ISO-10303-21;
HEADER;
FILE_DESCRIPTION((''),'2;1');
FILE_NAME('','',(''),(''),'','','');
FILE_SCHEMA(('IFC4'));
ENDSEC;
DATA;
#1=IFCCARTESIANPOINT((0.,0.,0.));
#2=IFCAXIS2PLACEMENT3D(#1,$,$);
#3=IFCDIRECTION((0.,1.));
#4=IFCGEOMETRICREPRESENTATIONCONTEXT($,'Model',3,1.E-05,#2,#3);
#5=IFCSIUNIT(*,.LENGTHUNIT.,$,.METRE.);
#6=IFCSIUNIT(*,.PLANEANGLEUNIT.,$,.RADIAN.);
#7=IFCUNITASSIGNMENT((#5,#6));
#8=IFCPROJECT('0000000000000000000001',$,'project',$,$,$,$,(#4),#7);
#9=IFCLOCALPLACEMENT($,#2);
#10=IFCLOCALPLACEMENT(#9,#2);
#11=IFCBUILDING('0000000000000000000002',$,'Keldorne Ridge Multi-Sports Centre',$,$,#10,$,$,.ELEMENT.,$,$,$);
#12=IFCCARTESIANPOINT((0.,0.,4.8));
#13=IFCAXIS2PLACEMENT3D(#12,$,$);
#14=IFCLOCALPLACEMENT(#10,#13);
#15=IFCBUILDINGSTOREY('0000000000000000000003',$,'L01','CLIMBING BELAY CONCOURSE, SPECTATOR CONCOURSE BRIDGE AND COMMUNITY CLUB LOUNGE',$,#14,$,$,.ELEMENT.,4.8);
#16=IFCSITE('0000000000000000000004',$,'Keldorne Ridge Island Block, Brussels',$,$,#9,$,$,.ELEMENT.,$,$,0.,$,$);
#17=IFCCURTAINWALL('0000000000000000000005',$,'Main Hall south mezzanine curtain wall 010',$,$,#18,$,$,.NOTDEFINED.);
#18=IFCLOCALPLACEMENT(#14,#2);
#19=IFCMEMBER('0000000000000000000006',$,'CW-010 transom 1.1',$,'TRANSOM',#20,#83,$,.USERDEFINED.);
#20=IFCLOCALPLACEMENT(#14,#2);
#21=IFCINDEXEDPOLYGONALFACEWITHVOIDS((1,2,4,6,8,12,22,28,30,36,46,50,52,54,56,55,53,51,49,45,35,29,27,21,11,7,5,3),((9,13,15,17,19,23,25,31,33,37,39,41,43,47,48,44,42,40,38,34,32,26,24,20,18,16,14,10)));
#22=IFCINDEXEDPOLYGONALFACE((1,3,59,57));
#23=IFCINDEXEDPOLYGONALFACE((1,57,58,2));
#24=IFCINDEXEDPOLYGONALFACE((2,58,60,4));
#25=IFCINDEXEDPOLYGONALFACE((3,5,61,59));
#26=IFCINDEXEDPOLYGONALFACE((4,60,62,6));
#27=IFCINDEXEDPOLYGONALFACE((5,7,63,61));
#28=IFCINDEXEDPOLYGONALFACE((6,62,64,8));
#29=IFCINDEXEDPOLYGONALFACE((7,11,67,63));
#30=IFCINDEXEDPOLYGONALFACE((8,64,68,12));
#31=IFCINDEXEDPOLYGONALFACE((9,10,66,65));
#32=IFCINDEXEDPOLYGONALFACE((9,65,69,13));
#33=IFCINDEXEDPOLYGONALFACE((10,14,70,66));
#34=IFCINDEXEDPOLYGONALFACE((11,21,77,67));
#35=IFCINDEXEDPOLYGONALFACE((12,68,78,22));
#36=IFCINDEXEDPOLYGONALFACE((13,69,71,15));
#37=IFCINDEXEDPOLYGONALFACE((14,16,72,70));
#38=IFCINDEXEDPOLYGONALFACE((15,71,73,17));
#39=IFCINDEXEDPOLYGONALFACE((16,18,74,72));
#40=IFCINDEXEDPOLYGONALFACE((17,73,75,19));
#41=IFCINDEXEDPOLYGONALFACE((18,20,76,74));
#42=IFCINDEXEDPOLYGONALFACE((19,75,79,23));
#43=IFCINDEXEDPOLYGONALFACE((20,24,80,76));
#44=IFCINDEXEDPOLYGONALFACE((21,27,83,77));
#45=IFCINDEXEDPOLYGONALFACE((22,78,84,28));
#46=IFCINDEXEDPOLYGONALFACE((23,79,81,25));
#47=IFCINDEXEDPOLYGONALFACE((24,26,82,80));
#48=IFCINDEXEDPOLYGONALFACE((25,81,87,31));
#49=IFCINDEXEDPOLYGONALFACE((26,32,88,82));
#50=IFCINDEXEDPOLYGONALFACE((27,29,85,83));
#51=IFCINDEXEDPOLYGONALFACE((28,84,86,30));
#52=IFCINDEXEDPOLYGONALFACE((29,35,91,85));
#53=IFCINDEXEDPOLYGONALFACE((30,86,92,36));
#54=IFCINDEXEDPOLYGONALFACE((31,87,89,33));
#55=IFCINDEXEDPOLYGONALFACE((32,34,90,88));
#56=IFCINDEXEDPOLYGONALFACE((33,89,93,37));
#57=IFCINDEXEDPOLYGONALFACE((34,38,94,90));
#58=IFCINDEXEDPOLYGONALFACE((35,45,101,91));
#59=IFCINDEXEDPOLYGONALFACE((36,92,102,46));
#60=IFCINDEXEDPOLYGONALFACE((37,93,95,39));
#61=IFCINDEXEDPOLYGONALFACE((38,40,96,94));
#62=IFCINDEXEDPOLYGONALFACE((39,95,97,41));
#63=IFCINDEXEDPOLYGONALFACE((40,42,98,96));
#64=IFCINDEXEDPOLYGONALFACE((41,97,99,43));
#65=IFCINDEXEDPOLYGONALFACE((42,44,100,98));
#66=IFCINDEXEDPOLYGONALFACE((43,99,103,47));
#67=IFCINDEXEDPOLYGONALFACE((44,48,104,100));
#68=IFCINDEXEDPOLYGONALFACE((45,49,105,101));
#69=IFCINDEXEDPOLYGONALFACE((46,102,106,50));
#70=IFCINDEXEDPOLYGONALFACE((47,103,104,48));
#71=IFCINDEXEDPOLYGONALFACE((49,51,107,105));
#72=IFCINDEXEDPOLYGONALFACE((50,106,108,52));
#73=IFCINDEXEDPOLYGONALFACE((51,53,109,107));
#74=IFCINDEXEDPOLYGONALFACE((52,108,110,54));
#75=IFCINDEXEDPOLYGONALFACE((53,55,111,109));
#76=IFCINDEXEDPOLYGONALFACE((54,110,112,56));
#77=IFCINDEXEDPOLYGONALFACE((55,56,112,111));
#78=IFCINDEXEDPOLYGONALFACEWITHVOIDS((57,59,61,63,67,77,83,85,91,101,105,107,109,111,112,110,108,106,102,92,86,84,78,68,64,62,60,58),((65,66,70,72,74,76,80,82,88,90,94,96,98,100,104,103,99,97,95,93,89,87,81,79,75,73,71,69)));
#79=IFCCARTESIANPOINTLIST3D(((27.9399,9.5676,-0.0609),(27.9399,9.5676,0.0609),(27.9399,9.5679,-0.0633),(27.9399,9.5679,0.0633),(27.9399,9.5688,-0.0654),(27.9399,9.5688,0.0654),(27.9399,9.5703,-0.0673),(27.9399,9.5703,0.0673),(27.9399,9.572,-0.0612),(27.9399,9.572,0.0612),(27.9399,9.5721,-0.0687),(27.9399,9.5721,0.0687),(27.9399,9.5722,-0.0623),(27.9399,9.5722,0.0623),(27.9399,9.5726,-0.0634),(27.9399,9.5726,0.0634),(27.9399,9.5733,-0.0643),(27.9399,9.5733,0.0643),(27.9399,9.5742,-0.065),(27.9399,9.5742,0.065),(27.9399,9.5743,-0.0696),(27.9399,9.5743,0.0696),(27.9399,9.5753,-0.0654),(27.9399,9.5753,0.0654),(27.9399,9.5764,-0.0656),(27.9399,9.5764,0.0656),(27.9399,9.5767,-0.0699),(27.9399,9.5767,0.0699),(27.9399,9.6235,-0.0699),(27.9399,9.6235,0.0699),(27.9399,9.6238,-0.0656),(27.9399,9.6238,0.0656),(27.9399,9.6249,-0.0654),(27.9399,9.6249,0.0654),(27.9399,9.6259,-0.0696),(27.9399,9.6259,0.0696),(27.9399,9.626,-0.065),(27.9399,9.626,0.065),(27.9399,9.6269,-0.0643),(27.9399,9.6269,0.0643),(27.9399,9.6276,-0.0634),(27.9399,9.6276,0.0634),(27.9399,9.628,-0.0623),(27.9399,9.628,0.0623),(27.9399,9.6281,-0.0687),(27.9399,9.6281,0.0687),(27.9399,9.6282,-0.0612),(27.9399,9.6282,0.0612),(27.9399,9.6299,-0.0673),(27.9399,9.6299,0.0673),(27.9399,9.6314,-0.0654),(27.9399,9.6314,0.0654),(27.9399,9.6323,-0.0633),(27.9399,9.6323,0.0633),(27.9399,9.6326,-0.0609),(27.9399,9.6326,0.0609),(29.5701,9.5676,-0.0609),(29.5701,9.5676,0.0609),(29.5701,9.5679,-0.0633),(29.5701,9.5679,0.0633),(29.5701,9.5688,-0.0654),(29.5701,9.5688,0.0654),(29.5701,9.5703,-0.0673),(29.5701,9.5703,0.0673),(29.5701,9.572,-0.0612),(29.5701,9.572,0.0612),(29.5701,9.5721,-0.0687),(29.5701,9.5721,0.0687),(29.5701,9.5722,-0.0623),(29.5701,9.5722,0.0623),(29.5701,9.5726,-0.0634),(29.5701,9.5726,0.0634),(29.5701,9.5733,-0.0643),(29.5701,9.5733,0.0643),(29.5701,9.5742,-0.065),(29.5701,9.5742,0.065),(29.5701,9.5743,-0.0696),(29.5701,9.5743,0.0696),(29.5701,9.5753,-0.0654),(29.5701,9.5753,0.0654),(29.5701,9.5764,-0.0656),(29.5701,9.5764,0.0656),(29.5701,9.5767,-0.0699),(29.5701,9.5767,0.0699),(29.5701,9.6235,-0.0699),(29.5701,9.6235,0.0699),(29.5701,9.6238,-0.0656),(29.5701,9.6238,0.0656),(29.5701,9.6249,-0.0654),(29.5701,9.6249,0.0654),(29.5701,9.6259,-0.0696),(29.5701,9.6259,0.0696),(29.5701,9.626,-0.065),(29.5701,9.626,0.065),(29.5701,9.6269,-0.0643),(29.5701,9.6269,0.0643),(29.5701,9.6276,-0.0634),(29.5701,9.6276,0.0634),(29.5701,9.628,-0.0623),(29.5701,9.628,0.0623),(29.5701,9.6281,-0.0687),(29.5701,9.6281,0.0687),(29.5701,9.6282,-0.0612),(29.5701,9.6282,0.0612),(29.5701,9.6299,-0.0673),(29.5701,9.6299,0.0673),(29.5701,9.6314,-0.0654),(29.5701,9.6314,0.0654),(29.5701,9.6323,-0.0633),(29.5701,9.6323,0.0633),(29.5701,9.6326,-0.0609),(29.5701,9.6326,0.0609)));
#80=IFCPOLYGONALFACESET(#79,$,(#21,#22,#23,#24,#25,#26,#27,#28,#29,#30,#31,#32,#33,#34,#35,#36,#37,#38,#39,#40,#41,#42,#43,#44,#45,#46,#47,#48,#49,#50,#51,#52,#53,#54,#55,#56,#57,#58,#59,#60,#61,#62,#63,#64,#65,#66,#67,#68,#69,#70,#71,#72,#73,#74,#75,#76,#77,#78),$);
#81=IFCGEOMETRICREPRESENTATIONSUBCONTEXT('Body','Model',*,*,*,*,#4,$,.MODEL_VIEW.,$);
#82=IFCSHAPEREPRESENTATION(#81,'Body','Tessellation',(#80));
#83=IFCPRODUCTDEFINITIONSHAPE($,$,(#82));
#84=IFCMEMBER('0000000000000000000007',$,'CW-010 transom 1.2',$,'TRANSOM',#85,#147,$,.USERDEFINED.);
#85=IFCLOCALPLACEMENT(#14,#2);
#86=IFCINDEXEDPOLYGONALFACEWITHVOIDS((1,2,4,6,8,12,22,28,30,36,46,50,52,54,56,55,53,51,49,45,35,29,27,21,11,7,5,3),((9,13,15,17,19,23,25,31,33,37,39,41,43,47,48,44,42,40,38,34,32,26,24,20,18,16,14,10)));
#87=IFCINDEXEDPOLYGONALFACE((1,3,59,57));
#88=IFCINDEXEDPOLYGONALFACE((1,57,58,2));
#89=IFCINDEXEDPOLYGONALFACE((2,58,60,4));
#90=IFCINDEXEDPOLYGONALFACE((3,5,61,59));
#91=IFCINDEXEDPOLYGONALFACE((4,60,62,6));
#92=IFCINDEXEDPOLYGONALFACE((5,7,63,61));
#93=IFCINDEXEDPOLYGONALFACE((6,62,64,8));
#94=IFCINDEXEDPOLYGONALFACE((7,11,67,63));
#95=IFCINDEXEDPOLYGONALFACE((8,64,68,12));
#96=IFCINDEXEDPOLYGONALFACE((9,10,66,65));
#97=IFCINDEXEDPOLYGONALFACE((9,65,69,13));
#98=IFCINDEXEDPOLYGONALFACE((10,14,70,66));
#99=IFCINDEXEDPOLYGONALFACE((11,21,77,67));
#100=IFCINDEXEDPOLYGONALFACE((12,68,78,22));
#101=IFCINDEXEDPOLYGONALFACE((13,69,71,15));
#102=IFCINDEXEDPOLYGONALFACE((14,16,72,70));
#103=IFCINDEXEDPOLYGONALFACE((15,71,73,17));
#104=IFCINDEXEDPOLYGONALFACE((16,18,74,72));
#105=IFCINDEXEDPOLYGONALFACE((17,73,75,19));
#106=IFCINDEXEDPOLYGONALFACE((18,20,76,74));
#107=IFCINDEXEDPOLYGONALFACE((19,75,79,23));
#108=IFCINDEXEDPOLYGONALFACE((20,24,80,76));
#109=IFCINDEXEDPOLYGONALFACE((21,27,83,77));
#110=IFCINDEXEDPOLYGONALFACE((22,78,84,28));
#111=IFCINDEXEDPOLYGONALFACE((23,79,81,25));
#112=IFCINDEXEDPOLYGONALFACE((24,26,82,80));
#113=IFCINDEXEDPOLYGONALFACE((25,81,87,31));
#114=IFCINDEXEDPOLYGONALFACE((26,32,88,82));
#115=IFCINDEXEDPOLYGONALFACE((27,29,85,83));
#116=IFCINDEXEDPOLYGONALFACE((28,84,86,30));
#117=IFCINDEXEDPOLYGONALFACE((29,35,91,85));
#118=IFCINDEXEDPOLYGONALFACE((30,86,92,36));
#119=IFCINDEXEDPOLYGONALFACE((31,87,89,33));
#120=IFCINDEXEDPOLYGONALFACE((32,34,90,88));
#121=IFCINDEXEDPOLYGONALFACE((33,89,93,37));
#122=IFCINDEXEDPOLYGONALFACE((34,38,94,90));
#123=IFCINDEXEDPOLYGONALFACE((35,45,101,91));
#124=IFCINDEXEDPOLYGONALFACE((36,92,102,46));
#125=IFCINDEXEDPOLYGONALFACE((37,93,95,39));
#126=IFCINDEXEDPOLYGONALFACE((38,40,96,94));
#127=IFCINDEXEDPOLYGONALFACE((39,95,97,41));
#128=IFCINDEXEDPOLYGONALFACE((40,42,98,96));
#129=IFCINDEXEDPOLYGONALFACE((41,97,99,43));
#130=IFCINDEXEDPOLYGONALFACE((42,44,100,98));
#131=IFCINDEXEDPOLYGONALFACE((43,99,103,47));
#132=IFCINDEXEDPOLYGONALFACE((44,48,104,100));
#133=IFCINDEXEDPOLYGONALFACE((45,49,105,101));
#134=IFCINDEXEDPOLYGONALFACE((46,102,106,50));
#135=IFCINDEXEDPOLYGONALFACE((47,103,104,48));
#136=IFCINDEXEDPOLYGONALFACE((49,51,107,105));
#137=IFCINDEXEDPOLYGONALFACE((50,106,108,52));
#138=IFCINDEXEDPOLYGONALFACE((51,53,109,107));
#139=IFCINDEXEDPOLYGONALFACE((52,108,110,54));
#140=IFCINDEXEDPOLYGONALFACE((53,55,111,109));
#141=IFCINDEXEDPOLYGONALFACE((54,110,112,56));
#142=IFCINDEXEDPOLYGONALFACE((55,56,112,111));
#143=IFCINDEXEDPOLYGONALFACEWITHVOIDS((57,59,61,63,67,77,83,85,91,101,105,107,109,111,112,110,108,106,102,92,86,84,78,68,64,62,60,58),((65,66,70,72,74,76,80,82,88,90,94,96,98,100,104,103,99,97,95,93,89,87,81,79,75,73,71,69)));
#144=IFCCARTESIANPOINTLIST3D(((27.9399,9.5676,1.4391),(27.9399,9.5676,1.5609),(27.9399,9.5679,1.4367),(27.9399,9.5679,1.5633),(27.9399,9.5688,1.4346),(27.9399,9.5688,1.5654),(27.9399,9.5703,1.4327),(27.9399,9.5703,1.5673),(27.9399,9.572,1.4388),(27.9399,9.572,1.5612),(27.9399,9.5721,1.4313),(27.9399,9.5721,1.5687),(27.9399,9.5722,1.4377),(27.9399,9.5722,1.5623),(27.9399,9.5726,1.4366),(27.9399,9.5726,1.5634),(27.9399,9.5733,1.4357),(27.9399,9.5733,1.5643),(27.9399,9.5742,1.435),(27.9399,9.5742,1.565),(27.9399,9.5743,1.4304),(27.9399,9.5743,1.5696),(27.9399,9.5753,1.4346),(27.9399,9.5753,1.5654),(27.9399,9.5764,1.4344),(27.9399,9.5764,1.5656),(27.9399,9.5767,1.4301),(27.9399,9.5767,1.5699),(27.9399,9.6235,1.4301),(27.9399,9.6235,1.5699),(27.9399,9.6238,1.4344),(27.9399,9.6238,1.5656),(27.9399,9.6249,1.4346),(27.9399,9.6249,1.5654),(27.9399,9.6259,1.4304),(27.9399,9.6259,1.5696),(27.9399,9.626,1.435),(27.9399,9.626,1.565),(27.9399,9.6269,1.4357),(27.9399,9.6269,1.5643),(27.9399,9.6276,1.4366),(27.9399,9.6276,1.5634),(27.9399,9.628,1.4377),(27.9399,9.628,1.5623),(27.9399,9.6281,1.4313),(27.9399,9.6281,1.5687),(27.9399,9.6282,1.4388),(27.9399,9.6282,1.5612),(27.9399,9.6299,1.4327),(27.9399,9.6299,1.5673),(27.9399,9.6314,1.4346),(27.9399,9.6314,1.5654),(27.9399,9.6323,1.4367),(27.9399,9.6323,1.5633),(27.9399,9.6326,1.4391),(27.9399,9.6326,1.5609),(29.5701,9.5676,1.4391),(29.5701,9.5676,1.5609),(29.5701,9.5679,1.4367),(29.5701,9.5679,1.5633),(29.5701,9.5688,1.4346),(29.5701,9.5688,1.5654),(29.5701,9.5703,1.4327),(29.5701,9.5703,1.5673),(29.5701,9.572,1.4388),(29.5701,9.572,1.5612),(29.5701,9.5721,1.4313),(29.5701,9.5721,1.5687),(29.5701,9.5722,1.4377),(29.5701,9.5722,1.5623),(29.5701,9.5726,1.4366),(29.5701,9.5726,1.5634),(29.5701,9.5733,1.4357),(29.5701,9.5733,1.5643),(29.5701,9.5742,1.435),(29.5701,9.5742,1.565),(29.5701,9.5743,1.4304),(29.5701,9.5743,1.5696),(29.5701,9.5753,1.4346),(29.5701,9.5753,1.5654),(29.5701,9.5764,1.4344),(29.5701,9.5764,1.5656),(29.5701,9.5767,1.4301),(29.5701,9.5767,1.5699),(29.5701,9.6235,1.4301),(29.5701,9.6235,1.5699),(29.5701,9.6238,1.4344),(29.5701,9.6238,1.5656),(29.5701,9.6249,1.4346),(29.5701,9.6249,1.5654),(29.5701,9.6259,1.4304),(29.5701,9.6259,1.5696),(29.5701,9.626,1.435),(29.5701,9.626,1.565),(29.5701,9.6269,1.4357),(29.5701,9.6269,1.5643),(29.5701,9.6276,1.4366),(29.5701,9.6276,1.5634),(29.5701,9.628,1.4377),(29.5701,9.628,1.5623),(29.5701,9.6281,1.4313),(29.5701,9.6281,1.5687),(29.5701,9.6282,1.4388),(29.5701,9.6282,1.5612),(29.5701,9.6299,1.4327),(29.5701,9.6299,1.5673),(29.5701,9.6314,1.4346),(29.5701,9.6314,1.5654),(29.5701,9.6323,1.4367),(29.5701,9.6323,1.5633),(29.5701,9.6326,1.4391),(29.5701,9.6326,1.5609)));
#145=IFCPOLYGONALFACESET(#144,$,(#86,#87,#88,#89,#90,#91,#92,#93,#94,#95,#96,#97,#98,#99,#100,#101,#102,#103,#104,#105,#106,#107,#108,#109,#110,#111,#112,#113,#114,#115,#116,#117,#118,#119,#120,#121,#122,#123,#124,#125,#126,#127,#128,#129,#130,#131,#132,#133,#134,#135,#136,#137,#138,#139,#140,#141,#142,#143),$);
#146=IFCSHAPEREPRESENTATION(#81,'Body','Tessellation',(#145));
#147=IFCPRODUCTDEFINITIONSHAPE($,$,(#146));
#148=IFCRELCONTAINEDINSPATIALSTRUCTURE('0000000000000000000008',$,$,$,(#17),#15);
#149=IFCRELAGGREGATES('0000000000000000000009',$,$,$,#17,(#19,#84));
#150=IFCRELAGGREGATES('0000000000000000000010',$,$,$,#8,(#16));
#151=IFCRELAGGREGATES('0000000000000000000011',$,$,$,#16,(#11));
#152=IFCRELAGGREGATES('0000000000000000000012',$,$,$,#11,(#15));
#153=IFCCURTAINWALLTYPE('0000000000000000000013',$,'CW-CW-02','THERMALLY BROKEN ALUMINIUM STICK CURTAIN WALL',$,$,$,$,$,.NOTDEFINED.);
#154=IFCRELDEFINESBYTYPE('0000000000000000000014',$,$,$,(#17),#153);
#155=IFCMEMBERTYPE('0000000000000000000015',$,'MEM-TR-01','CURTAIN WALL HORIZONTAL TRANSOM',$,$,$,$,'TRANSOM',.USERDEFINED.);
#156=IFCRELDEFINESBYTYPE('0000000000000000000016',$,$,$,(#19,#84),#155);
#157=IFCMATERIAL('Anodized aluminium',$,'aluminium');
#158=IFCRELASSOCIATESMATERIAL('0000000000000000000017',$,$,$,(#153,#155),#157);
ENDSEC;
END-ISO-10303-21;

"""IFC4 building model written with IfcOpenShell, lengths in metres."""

from ifc_helpers import new_model, si_unit, direction, frame, origin, origin_2d, place, context, subcontext, project, spatial, hollow_rectangle, extrude, material, material_profile, profile_set, type_object, element, aggregate, save


model = new_model("IFC4")

# Units and contexts
model_context = context("Model", 3, precision=1e-05, world=origin(), true_north=direction((0.0, 1.0)))
body_context = subcontext(model_context, "Body", "Model", "MODEL_VIEW")
ifc_project = project(units=[si_unit("LENGTHUNIT", "METRE"), si_unit("PLANEANGLEUNIT", "RADIAN")], contexts=[model_context])

# Site, building, storey
site_placement = place(None, origin())
site = spatial("IfcSite", under=ifc_project, at=site_placement, Name="Keldorne Ridge Island Block, Brussels", CompositionType="ELEMENT", RefElevation=0.0)
building_placement = place(site_placement, origin())
building = spatial("IfcBuilding", under=site, at=building_placement, Name="Keldorne Ridge Multi-Sports Centre", CompositionType="ELEMENT")
storey_placement = place(building_placement, frame((0.0, 0.0, 4.8)))
storey = spatial("IfcBuildingStorey", under=building, at=storey_placement, Name="L01", Description="CLIMBING BELAY CONCOURSE, SPECTATOR CONCOURSE BRIDGE AND COMMUNITY CLUB LOUNGE", CompositionType="ELEMENT", Elevation=4.8)

# Curtain wall
ifc_material_1 = material(Name="Anodized aluminium", Category="aluminium")
curtain_wall_type_1 = type_object("IfcCurtainWallType", Name="CW-CW-02", Description="THERMALLY BROKEN ALUMINIUM STICK CURTAIN WALL", PredefinedType="NOTDEFINED", material=ifc_material_1)
curtain_wall_1_placement = place(storey_placement, origin())
curtain_wall_1 = element("IfcCurtainWall", 1, at=curtain_wall_1_placement, inside=storey, type_object=curtain_wall_type_1, Name="Main Hall south mezzanine curtain wall 010", PredefinedType="NOTDEFINED")

# Members
ifc_material_profile_1 = material_profile(ifc_material_1, hollow_rectangle(XDim=0.0649, YDim=0.1399, WallThickness=0.0044, InnerFilletRadius=0.0044, OuterFilletRadius=0.009, at=origin_2d()), Name="ALU TRANSOM 140x65x4.5")
ifc_profile_set_1 = profile_set([ifc_material_profile_1], Name="Anodized aluminium")
member_type_1 = type_object("IfcMemberType", Name="MEM-TR-01", Description="CURTAIN WALL HORIZONTAL TRANSOM", ElementType="TRANSOM", PredefinedType="USERDEFINED", material=ifc_profile_set_1)
member_1_placement = place(storey_placement, frame((27.9399, 9.6001, 0.0), z_axis=(1.0, 0.0, 0.0), x_axis=(0.0, 1.0, 0.0)))
member_1 = element("IfcMember", 2, at=member_1_placement, type_object=member_type_1, Name="CW-010 transom 1.1", ObjectType="TRANSOM", PredefinedType="USERDEFINED", context=body_context, shape_type="SweptSolid", body=[
    extrude(hollow_rectangle(XDim=0.0649, YDim=0.1399, WallThickness=0.0044, InnerFilletRadius=0.0044, OuterFilletRadius=0.009, at=origin_2d()), origin(), (0.0, 0.0, 1.0), 1.6301),
])
member_2_placement = place(storey_placement, frame((27.9399, 9.6001, 1.5), z_axis=(1.0, 0.0, 0.0), x_axis=(0.0, 1.0, 0.0)))
member_2 = element("IfcMember", 3, at=member_2_placement, type_object=member_type_1, Name="CW-010 transom 1.2", ObjectType="TRANSOM", PredefinedType="USERDEFINED", context=body_context, shape_type="SweptSolid", body=[
    extrude(hollow_rectangle(XDim=0.0649, YDim=0.1399, WallThickness=0.0044, InnerFilletRadius=0.0044, OuterFilletRadius=0.009, at=origin_2d()), origin(), (0.0, 0.0, 1.0), 1.6301),
])

aggregate(curtain_wall_1, [member_1, member_2])

save(model, "model.ifc")
